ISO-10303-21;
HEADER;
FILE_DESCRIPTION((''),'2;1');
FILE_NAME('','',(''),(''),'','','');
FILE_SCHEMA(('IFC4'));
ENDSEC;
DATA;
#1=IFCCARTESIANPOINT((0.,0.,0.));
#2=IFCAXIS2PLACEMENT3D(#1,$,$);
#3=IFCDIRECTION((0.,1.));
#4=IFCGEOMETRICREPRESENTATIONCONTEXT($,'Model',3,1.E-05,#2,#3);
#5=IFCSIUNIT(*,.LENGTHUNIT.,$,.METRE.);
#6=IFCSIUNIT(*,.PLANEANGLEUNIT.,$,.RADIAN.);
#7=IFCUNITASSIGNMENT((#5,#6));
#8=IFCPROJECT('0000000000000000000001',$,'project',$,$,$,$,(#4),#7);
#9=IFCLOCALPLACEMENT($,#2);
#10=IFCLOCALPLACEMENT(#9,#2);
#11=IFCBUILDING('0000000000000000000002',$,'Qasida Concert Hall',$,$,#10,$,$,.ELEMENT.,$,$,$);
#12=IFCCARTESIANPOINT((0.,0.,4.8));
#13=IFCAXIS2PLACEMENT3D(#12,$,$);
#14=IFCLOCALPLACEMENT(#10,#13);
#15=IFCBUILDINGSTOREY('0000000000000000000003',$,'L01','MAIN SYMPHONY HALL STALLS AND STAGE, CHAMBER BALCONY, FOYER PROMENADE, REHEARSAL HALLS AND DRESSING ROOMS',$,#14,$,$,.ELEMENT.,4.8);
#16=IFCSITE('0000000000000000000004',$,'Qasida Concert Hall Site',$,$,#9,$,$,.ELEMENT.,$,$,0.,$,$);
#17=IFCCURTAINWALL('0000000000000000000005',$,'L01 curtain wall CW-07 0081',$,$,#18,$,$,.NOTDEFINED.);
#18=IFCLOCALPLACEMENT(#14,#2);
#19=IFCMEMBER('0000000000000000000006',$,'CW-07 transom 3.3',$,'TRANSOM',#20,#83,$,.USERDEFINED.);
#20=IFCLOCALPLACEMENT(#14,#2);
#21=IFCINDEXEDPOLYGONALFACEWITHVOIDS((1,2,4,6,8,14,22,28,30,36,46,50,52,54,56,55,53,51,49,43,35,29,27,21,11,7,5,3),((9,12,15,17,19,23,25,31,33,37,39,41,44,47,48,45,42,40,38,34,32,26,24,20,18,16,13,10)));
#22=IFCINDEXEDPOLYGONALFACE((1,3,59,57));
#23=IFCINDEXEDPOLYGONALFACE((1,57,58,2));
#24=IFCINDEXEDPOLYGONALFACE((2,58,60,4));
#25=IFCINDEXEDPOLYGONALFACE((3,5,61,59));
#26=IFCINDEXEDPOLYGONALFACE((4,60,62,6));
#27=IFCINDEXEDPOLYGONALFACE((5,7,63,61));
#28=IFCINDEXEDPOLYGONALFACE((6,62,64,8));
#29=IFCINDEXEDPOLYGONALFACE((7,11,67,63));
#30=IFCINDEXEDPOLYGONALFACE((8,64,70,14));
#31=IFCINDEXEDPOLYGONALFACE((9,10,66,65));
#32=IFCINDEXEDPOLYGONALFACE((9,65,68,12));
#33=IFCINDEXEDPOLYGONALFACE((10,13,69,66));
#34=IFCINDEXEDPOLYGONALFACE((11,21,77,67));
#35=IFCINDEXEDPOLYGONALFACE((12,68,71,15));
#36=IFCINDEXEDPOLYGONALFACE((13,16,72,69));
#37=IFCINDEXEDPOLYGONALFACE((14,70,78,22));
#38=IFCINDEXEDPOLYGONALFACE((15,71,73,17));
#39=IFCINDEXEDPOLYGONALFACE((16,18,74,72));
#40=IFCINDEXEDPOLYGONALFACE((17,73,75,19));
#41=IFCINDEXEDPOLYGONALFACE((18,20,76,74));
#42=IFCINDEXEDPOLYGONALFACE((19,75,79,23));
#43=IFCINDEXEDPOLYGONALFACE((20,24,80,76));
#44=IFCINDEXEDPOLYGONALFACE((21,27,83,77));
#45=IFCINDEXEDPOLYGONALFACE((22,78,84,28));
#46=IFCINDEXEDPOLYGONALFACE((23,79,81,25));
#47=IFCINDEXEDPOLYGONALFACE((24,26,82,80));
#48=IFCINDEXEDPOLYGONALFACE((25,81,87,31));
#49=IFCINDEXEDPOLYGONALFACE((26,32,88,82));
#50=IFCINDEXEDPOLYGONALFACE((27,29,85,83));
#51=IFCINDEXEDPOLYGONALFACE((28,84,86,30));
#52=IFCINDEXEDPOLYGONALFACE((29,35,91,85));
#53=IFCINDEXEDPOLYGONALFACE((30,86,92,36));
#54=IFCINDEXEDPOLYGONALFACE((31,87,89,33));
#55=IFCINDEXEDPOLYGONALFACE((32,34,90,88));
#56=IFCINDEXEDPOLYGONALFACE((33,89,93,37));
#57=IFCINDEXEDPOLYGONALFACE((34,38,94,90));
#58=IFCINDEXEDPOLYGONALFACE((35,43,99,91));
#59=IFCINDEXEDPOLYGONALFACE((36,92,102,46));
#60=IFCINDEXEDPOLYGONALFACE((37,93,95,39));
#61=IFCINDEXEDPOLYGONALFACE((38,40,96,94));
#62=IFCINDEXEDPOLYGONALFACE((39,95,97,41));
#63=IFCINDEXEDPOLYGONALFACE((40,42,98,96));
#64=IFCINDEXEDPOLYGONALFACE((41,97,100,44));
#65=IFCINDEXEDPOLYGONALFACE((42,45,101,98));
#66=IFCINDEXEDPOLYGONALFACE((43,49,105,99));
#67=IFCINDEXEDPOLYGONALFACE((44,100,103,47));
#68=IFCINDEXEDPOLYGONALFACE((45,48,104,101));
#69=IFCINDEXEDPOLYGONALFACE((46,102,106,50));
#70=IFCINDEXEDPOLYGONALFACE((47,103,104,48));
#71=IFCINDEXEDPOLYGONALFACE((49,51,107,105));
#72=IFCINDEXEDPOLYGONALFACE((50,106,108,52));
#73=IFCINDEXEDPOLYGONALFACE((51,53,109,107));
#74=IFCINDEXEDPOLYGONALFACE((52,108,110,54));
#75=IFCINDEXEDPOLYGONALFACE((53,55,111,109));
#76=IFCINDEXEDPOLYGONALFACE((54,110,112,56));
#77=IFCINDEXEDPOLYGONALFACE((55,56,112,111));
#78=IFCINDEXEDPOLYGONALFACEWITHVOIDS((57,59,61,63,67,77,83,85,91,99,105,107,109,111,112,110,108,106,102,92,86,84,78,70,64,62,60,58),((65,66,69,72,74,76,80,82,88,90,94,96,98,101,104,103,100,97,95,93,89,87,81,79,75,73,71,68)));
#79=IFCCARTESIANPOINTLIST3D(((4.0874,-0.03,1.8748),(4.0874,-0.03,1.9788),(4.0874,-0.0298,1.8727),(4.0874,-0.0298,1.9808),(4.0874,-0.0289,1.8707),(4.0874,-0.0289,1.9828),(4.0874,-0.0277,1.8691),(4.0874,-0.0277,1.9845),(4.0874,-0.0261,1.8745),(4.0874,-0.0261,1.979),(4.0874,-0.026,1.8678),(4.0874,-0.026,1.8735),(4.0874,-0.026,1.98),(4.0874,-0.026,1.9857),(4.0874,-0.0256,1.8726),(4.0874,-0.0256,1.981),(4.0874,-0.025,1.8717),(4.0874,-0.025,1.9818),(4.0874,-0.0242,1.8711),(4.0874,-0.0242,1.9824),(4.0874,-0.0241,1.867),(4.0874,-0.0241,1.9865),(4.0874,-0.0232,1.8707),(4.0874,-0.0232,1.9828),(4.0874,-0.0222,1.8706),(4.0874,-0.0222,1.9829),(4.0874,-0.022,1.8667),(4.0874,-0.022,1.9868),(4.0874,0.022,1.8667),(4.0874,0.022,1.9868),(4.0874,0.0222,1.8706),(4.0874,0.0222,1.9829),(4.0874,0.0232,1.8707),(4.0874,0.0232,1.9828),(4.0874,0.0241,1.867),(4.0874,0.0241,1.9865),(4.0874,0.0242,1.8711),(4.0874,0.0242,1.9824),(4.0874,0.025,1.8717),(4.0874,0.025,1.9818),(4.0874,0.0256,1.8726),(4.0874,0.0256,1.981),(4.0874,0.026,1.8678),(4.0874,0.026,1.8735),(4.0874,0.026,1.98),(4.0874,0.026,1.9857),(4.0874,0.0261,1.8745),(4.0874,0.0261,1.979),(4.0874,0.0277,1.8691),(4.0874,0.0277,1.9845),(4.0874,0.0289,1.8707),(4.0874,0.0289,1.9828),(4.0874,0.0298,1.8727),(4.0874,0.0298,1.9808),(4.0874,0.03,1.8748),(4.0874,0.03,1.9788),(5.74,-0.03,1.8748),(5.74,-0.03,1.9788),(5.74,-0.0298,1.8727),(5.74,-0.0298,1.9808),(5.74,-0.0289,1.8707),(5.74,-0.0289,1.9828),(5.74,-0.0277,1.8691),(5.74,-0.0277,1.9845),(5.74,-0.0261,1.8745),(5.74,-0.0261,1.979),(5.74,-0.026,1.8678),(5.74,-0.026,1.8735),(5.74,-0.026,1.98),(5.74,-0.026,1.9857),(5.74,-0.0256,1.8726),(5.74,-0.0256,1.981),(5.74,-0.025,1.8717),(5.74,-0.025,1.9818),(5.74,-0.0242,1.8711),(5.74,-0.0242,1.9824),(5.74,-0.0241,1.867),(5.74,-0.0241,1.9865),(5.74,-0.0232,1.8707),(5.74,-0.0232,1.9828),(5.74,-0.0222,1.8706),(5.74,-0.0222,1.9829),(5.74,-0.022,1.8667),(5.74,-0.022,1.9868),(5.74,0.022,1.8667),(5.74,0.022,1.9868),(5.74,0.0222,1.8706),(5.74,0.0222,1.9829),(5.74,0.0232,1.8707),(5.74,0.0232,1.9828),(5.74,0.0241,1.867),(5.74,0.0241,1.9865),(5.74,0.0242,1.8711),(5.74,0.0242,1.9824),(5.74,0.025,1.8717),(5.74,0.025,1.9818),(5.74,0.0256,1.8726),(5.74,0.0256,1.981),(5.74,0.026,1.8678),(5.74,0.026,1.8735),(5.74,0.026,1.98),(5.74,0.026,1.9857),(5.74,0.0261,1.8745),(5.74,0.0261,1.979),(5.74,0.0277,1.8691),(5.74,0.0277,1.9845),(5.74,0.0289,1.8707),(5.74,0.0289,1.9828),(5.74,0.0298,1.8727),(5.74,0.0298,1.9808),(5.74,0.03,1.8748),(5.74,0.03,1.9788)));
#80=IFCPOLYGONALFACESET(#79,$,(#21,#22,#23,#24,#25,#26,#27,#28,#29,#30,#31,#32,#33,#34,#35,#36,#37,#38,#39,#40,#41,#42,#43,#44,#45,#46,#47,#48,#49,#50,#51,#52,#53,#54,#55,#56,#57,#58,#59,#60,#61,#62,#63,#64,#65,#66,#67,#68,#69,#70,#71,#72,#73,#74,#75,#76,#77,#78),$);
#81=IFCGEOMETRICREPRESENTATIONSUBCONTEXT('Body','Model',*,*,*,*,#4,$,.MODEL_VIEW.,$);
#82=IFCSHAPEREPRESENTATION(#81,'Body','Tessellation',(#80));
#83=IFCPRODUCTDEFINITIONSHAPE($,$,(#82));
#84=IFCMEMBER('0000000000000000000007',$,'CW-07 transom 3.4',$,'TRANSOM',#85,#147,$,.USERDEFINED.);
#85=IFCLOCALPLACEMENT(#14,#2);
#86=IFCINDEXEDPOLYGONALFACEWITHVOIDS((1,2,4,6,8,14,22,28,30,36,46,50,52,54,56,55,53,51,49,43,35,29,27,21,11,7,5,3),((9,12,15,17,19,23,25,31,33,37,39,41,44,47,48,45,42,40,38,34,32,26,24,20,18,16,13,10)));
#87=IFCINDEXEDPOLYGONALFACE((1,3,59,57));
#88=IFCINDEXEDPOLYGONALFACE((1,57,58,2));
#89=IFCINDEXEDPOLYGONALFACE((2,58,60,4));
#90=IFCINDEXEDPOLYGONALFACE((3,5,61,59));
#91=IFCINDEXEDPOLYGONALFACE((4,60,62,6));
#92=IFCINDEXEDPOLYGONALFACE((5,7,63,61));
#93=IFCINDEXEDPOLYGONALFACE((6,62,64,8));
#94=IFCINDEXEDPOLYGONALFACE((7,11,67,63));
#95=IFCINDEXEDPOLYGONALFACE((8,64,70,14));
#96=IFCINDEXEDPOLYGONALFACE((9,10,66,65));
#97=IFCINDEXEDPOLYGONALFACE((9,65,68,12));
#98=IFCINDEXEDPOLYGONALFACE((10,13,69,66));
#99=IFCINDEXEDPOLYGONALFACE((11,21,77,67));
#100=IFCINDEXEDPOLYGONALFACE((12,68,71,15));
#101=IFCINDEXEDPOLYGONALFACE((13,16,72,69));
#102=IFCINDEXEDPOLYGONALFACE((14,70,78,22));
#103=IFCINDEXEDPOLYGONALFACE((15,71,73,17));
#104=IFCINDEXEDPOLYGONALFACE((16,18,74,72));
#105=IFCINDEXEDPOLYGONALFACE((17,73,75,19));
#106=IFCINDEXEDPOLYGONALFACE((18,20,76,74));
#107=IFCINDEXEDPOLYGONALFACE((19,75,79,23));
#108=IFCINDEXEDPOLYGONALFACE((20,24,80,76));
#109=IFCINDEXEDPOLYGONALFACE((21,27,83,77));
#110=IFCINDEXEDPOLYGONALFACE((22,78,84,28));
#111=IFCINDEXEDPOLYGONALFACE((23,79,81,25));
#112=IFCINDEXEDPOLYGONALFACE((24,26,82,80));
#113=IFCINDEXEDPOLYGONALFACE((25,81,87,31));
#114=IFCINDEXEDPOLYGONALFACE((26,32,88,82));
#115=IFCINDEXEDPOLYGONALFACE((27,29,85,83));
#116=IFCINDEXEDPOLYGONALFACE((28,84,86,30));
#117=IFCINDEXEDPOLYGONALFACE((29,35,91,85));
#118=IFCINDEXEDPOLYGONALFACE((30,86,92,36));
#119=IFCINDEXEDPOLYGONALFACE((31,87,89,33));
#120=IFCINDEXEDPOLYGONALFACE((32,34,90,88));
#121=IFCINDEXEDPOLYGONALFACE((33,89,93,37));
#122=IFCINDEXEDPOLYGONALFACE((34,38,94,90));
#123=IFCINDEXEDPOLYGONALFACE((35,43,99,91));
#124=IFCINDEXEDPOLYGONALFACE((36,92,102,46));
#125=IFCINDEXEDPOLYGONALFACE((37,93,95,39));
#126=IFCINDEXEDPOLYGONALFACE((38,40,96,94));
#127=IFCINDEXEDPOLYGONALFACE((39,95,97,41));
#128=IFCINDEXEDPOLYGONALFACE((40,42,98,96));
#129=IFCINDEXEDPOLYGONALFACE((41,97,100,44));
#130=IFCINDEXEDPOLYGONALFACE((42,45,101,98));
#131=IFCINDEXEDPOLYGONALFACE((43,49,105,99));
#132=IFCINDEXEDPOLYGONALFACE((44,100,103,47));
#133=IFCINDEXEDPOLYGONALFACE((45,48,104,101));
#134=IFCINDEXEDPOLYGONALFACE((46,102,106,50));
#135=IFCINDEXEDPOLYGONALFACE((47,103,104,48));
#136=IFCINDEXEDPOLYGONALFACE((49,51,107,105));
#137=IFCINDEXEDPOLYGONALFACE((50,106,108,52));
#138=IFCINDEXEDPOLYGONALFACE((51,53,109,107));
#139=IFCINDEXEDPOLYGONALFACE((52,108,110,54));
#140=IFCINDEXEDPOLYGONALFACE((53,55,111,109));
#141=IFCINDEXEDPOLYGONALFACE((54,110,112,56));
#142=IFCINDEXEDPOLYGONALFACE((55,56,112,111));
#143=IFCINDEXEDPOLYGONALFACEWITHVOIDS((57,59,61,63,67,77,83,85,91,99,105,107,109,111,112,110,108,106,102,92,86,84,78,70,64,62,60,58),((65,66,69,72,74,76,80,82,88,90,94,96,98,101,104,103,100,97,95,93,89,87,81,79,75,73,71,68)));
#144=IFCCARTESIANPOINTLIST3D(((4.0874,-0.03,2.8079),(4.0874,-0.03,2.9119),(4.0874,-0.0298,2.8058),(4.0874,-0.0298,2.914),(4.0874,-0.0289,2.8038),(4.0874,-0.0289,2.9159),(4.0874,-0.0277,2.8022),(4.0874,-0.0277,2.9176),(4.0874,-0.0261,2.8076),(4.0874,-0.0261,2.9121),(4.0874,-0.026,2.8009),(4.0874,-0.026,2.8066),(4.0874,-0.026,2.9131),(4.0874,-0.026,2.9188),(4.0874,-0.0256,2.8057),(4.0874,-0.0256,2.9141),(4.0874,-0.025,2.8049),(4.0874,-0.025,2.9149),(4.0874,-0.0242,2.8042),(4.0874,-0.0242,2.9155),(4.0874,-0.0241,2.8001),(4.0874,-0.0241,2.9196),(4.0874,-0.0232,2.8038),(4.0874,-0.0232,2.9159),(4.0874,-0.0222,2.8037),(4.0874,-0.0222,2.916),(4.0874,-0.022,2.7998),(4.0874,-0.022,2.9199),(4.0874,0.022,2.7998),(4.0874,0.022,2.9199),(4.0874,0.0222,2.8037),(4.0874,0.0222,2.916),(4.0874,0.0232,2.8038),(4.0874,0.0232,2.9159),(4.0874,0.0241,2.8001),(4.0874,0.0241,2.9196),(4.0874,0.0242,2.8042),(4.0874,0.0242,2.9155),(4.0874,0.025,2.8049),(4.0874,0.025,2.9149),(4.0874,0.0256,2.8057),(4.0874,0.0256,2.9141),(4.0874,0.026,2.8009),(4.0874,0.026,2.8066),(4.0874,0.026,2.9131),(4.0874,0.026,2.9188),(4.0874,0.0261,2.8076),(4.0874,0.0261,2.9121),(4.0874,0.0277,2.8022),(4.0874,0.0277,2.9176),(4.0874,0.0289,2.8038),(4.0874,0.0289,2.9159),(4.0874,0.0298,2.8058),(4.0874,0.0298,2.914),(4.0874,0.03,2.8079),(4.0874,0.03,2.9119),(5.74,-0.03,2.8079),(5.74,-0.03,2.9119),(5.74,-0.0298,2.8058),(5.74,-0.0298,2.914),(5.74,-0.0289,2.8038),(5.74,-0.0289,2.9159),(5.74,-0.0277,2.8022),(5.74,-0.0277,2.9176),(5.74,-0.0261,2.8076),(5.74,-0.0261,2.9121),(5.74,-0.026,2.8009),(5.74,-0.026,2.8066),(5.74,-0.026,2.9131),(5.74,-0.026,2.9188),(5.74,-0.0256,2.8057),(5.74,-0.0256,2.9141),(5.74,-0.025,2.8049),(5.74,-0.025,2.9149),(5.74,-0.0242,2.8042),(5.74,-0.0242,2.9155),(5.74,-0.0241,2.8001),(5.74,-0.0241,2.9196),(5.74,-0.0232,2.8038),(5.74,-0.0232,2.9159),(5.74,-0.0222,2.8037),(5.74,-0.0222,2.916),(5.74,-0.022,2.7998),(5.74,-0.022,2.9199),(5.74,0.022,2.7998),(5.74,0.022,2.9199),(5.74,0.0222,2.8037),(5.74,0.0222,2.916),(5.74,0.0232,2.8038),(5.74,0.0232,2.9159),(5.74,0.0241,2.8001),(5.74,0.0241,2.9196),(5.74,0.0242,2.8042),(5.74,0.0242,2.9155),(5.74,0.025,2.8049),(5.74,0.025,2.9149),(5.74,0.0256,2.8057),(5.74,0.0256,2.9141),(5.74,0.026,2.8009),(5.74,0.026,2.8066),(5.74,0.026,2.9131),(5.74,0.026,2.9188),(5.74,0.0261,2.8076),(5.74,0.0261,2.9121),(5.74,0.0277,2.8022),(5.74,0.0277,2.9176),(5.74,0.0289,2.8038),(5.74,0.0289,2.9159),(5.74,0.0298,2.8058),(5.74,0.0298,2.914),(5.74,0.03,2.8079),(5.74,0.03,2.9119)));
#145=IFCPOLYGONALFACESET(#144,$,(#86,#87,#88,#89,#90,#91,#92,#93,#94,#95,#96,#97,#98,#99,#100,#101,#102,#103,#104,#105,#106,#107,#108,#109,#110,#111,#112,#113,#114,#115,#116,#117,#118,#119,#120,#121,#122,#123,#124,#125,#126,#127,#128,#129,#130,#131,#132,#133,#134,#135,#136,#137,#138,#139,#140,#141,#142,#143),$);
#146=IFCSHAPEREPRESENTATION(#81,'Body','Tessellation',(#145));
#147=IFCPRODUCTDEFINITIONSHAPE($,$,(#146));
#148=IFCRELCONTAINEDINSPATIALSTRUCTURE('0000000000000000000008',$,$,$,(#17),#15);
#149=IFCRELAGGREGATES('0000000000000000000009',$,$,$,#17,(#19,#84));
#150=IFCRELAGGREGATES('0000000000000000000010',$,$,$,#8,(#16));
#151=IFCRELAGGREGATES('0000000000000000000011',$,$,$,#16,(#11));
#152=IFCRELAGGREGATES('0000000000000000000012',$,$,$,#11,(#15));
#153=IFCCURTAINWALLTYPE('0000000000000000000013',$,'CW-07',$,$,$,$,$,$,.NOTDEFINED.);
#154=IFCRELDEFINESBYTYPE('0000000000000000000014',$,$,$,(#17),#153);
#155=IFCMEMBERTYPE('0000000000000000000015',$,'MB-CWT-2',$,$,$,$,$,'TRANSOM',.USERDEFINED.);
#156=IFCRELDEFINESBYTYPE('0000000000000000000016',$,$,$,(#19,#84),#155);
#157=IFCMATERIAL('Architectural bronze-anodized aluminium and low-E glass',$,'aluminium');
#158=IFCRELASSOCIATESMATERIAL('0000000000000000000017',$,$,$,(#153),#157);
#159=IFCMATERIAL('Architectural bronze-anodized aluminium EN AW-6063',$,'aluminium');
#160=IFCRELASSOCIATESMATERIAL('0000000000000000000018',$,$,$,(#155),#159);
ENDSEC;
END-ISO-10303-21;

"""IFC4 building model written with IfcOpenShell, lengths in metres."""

from ifc_helpers import new_model, si_unit, direction, frame, origin, origin_2d, place, context, subcontext, project, spatial, hollow_rectangle, extrude, material, material_profile, profile_set, type_object, element, aggregate, save


model = new_model("IFC4")

# Units and contexts
model_context = context("Model", 3, precision=1e-05, world=origin(), true_north=direction((0.0, 1.0)))
body_context = subcontext(model_context, "Body", "Model", "MODEL_VIEW")
ifc_project = project(units=[si_unit("LENGTHUNIT", "METRE"), si_unit("PLANEANGLEUNIT", "RADIAN")], contexts=[model_context])

# Site, building, storey
site_placement = place(None, origin())
site = spatial("IfcSite", under=ifc_project, at=site_placement, Name="Qasida Concert Hall Site", CompositionType="ELEMENT", RefElevation=0.0)
building_placement = place(site_placement, origin())
building = spatial("IfcBuilding", under=site, at=building_placement, Name="Qasida Concert Hall", CompositionType="ELEMENT")
storey_placement = place(building_placement, frame((0.0, 0.0, 4.8)))
storey = spatial("IfcBuildingStorey", under=building, at=storey_placement, Name="L01", Description="MAIN SYMPHONY HALL STALLS AND STAGE, CHAMBER BALCONY, FOYER PROMENADE, REHEARSAL HALLS AND DRESSING ROOMS", CompositionType="ELEMENT", Elevation=4.8)

# Curtain wall, members
ifc_material_1 = material(Name="Architectural bronze-anodized aluminium and low-E glass", Category="aluminium")
curtain_wall_type = type_object("IfcCurtainWallType", Name="CW-07", PredefinedType="NOTDEFINED", material=ifc_material_1)
curtain_wall_placement = place(storey_placement, origin())
curtain_wall = element("IfcCurtainWall", 1, at=curtain_wall_placement, inside=storey, type_object=curtain_wall_type, Name="L01 curtain wall CW-07 0081", PredefinedType="NOTDEFINED")
ifc_material_2 = material(Name="Architectural bronze-anodized aluminium EN AW-6063", Category="aluminium")
ifc_material_profile_1 = material_profile(ifc_material_2, hollow_rectangle(XDim=0.0601, YDim=0.1201, WallThickness=0.0039, InnerFilletRadius=0.0039, OuterFilletRadius=0.0081, at=origin_2d()), Name="CWT 120x60x4")
ifc_profile_set_1 = profile_set([ifc_material_profile_1], Name="Architectural bronze-anodized aluminium EN AW-6063")
member_type_1 = type_object("IfcMemberType", Name="MB-CWT-2", ElementType="TRANSOM", PredefinedType="USERDEFINED", material=ifc_profile_set_1)
member_1_placement = place(storey_placement, frame((4.0874, 0.0, 1.9268), z_axis=(1.0, 0.0, 0.0), x_axis=(0.0, 1.0, 0.0)))
member_1 = element("IfcMember", 2, at=member_1_placement, type_object=member_type_1, Name="CW-07 transom 3.3", ObjectType="TRANSOM", PredefinedType="USERDEFINED", context=body_context, shape_type="SweptSolid", body=[
    extrude(hollow_rectangle(XDim=0.0601, YDim=0.1201, WallThickness=0.0039, InnerFilletRadius=0.0039, OuterFilletRadius=0.0081, at=origin_2d()), origin(), (0.0, 0.0, 1.0), 1.6526),
])
member_2_placement = place(storey_placement, frame((4.0874, 0.0, 2.8599), z_axis=(1.0, 0.0, 0.0), x_axis=(0.0, 1.0, 0.0)))
member_2 = element("IfcMember", 3, at=member_2_placement, type_object=member_type_1, Name="CW-07 transom 3.4", ObjectType="TRANSOM", PredefinedType="USERDEFINED", context=body_context, shape_type="SweptSolid", body=[
    extrude(hollow_rectangle(XDim=0.0601, YDim=0.1201, WallThickness=0.0039, InnerFilletRadius=0.0039, OuterFilletRadius=0.0081, at=origin_2d()), origin(), (0.0, 0.0, 1.0), 1.6526),
])
aggregate(curtain_wall, [member_1, member_2])

save(model, "model.ifc")
